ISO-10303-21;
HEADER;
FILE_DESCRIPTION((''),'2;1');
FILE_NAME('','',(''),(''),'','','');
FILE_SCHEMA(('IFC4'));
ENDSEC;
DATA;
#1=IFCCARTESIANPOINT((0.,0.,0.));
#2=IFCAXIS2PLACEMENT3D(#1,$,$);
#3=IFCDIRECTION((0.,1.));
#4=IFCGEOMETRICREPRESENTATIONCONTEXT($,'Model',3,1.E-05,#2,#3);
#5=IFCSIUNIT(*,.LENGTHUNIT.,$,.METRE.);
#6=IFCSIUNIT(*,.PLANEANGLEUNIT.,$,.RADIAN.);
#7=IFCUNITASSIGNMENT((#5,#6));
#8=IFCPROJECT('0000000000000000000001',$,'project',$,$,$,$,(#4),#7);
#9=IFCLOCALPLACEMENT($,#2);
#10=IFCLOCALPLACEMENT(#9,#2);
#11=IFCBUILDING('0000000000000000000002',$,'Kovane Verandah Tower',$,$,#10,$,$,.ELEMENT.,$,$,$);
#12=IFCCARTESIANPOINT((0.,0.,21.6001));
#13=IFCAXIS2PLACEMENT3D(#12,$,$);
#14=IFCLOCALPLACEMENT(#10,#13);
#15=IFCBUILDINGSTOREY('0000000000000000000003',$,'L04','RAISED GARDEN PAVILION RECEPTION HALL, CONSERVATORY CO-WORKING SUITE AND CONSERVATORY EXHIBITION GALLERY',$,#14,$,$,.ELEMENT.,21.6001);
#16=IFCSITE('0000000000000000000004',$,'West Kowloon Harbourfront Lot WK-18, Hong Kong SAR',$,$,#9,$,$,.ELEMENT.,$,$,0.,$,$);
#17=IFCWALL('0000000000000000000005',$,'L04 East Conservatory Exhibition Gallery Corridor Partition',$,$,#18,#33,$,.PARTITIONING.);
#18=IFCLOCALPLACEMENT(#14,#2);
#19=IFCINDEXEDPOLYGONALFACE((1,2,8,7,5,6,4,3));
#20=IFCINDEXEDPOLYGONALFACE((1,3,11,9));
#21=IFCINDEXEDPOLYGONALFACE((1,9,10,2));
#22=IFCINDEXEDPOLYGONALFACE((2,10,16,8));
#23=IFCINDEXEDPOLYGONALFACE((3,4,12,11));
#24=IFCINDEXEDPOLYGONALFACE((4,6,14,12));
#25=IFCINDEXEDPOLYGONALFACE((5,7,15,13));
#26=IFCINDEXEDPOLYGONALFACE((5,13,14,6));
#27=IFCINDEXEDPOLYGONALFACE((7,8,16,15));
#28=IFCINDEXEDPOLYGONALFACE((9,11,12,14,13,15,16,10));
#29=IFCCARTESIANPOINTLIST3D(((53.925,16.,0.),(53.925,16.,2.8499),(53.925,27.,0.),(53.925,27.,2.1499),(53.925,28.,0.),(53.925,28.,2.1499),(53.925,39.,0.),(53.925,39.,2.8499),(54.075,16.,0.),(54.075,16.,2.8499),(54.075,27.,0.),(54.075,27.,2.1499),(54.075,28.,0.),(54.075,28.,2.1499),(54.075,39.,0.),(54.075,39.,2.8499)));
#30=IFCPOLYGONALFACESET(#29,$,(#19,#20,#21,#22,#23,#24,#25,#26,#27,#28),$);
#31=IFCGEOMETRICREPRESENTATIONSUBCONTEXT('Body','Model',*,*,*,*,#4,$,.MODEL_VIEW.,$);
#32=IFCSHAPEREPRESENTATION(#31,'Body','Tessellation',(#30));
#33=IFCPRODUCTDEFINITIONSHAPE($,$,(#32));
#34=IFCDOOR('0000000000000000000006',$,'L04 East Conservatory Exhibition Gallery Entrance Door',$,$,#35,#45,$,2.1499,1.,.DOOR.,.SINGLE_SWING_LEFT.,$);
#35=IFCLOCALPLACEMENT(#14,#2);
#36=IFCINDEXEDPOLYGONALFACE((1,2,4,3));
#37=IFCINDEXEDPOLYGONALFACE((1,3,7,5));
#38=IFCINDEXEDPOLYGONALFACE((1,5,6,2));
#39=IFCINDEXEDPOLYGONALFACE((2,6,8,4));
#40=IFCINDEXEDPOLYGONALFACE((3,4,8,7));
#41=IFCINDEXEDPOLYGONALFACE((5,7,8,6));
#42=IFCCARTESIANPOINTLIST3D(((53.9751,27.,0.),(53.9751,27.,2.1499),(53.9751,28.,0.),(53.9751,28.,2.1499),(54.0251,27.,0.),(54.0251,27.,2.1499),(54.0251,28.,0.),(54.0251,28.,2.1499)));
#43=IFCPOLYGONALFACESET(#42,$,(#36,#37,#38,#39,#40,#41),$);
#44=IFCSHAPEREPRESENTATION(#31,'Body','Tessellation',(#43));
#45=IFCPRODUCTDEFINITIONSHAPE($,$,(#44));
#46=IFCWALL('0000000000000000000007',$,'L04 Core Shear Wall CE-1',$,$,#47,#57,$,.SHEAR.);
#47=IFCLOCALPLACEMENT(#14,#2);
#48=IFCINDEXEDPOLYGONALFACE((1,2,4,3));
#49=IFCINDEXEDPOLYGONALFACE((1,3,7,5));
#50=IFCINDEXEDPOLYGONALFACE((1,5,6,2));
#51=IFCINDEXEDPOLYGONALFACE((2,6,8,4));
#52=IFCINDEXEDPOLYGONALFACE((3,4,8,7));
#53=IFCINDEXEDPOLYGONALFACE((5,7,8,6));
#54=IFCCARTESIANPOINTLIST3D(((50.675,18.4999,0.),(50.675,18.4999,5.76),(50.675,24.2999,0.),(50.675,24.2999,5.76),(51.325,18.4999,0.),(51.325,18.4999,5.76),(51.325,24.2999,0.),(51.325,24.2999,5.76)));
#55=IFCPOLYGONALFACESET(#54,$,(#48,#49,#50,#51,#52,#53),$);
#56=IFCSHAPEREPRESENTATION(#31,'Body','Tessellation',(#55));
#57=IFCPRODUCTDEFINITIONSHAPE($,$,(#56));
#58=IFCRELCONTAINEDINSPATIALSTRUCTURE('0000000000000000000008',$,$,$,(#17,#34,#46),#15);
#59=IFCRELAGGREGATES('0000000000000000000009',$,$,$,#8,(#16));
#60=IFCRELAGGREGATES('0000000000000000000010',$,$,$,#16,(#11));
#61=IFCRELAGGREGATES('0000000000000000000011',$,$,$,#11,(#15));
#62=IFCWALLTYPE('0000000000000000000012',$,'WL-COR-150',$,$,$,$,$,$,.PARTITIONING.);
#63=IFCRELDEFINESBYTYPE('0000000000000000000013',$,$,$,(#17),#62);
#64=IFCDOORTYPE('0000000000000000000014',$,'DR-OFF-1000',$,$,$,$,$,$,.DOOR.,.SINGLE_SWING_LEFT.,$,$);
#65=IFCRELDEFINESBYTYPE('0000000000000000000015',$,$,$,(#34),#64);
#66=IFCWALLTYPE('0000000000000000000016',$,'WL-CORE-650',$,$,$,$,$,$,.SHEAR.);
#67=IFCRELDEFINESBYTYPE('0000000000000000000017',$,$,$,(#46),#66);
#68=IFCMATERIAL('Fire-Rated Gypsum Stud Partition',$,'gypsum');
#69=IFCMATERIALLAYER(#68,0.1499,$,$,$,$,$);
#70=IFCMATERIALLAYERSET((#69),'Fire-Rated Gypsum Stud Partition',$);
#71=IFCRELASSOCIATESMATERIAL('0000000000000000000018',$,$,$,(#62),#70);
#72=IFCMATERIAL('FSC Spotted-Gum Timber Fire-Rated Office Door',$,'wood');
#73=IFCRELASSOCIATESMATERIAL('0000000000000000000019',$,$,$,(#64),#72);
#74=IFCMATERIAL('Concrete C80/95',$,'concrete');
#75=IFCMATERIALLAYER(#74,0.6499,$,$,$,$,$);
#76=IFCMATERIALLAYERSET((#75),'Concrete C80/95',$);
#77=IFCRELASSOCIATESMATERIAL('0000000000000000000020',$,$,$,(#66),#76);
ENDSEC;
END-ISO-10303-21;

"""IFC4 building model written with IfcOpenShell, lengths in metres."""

from ifc_helpers import new_model, si_unit, direction, frame, frame_2d, origin, place, context, subcontext, project, spatial, rectangle, extrude, material, layer, layer_set, type_object, element, fill, save


model = new_model("IFC4")

# Units and contexts
model_context = context("Model", 3, precision=1e-05, world=origin(), true_north=direction((0.0, 1.0)))
body_context = subcontext(model_context, "Body", "Model", "MODEL_VIEW")
ifc_project = project(units=[si_unit("LENGTHUNIT", "METRE"), si_unit("PLANEANGLEUNIT", "RADIAN")], contexts=[model_context])

# Site, building, storey
site_placement = place(None, origin())
site = spatial("IfcSite", under=ifc_project, at=site_placement, Name="West Kowloon Harbourfront Lot WK-18, Hong Kong SAR", CompositionType="ELEMENT", RefElevation=0.0)
building_placement = place(site_placement, origin())
building = spatial("IfcBuilding", under=site, at=building_placement, Name="Kovane Verandah Tower", CompositionType="ELEMENT")
storey_placement = place(building_placement, frame((0.0, 0.0, 21.6001)))
storey = spatial("IfcBuildingStorey", under=building, at=storey_placement, Name="L04", Description="RAISED GARDEN PAVILION RECEPTION HALL, CONSERVATORY CO-WORKING SUITE AND CONSERVATORY EXHIBITION GALLERY", CompositionType="ELEMENT", Elevation=21.6001)

# Shared definitions
ifc_material_1 = material(Name="Concrete C80/95", Category="concrete")

# Wall, opening, door
ifc_material_2 = material(Name="Fire-Rated Gypsum Stud Partition", Category="gypsum")
ifc_layer_1 = layer(ifc_material_2, 0.1499)
ifc_layer_set_1 = layer_set([ifc_layer_1], Name="Fire-Rated Gypsum Stud Partition")
wall_type_1 = type_object("IfcWallType", Name="WL-COR-150", PredefinedType="PARTITIONING", material=ifc_layer_set_1)
wall_1_placement = place(storey_placement, frame((54.0, 16.0, 0.0), z_axis=(0.0, 0.0, 1.0), x_axis=(0.0, 1.0, 0.0)))
wall_1 = element("IfcWall", 1, at=wall_1_placement, inside=storey, type_object=wall_type_1, Name="L04 East Conservatory Exhibition Gallery Corridor Partition", PredefinedType="PARTITIONING", context=body_context, shape_type="SweptSolid", body=[
    extrude(rectangle(XDim=23.0, YDim=0.1499, at=frame_2d((11.5, 0.0))), origin(), (0.0, 0.0, 1.0), 2.8499),
])
opening_1_placement = place(wall_1_placement, frame((11.0, 0.0, 0.0)))
opening_1 = element("IfcOpeningElement", 2, at=opening_1_placement, cuts=wall_1, PredefinedType="OPENING", context=body_context, shape_type="SweptSolid", body=[
    extrude(rectangle(XDim=1.0, YDim=2.1499, at=frame_2d((0.5, 1.075))), frame((0.0, 0.075, 0.0), z_axis=(0.0, -1.0, 0.0), x_axis=(1.0, 0.0, 0.0)), (0.0, 0.0, 1.0), 0.1499),
])
ifc_material_3 = material(Name="FSC Spotted-Gum Timber Fire-Rated Office Door", Category="wood")
door_type_1 = type_object("IfcDoorType", Name="DR-OFF-1000", OperationType="SINGLE_SWING_LEFT", PredefinedType="DOOR", material=ifc_material_3)
door_1_placement = place(opening_1_placement, origin())
door_1 = element("IfcDoor", 3, at=door_1_placement, inside=storey, type_object=door_type_1, Name="L04 East Conservatory Exhibition Gallery Entrance Door", OperationType="SINGLE_SWING_LEFT", OverallHeight=2.1499, OverallWidth=1.0, PredefinedType="DOOR", context=body_context, shape_type="SweptSolid", body=[
    extrude(rectangle(XDim=1.0, YDim=2.1499, at=frame_2d((0.5, 1.075))), frame((0.0, 0.0249, 0.0), z_axis=(0.0, -1.0, 0.0), x_axis=(1.0, 0.0, 0.0)), (0.0, 0.0, 1.0), 0.05),
])
fill(opening_1, door_1)

# Wall
ifc_layer_2 = layer(ifc_material_1, 0.6499)
ifc_layer_set_2 = layer_set([ifc_layer_2], Name="Concrete C80/95")
wall_type_2 = type_object("IfcWallType", Name="WL-CORE-650", PredefinedType="SHEAR", material=ifc_layer_set_2)
wall_2_placement = place(storey_placement, frame((51.0, 18.5, 0.0), z_axis=(0.0, 0.0, 1.0), x_axis=(0.0, 1.0, 0.0)))
element("IfcWall", 4, at=wall_2_placement, inside=storey, type_object=wall_type_2, Name="L04 Core Shear Wall CE-1", PredefinedType="SHEAR", context=body_context, shape_type="SweptSolid", body=[
    extrude(rectangle(XDim=5.8, YDim=0.6499, at=frame_2d((2.8999, 0.0))), origin(), (0.0, 0.0, 1.0), 5.76),
])

save(model, "model.ifc")
